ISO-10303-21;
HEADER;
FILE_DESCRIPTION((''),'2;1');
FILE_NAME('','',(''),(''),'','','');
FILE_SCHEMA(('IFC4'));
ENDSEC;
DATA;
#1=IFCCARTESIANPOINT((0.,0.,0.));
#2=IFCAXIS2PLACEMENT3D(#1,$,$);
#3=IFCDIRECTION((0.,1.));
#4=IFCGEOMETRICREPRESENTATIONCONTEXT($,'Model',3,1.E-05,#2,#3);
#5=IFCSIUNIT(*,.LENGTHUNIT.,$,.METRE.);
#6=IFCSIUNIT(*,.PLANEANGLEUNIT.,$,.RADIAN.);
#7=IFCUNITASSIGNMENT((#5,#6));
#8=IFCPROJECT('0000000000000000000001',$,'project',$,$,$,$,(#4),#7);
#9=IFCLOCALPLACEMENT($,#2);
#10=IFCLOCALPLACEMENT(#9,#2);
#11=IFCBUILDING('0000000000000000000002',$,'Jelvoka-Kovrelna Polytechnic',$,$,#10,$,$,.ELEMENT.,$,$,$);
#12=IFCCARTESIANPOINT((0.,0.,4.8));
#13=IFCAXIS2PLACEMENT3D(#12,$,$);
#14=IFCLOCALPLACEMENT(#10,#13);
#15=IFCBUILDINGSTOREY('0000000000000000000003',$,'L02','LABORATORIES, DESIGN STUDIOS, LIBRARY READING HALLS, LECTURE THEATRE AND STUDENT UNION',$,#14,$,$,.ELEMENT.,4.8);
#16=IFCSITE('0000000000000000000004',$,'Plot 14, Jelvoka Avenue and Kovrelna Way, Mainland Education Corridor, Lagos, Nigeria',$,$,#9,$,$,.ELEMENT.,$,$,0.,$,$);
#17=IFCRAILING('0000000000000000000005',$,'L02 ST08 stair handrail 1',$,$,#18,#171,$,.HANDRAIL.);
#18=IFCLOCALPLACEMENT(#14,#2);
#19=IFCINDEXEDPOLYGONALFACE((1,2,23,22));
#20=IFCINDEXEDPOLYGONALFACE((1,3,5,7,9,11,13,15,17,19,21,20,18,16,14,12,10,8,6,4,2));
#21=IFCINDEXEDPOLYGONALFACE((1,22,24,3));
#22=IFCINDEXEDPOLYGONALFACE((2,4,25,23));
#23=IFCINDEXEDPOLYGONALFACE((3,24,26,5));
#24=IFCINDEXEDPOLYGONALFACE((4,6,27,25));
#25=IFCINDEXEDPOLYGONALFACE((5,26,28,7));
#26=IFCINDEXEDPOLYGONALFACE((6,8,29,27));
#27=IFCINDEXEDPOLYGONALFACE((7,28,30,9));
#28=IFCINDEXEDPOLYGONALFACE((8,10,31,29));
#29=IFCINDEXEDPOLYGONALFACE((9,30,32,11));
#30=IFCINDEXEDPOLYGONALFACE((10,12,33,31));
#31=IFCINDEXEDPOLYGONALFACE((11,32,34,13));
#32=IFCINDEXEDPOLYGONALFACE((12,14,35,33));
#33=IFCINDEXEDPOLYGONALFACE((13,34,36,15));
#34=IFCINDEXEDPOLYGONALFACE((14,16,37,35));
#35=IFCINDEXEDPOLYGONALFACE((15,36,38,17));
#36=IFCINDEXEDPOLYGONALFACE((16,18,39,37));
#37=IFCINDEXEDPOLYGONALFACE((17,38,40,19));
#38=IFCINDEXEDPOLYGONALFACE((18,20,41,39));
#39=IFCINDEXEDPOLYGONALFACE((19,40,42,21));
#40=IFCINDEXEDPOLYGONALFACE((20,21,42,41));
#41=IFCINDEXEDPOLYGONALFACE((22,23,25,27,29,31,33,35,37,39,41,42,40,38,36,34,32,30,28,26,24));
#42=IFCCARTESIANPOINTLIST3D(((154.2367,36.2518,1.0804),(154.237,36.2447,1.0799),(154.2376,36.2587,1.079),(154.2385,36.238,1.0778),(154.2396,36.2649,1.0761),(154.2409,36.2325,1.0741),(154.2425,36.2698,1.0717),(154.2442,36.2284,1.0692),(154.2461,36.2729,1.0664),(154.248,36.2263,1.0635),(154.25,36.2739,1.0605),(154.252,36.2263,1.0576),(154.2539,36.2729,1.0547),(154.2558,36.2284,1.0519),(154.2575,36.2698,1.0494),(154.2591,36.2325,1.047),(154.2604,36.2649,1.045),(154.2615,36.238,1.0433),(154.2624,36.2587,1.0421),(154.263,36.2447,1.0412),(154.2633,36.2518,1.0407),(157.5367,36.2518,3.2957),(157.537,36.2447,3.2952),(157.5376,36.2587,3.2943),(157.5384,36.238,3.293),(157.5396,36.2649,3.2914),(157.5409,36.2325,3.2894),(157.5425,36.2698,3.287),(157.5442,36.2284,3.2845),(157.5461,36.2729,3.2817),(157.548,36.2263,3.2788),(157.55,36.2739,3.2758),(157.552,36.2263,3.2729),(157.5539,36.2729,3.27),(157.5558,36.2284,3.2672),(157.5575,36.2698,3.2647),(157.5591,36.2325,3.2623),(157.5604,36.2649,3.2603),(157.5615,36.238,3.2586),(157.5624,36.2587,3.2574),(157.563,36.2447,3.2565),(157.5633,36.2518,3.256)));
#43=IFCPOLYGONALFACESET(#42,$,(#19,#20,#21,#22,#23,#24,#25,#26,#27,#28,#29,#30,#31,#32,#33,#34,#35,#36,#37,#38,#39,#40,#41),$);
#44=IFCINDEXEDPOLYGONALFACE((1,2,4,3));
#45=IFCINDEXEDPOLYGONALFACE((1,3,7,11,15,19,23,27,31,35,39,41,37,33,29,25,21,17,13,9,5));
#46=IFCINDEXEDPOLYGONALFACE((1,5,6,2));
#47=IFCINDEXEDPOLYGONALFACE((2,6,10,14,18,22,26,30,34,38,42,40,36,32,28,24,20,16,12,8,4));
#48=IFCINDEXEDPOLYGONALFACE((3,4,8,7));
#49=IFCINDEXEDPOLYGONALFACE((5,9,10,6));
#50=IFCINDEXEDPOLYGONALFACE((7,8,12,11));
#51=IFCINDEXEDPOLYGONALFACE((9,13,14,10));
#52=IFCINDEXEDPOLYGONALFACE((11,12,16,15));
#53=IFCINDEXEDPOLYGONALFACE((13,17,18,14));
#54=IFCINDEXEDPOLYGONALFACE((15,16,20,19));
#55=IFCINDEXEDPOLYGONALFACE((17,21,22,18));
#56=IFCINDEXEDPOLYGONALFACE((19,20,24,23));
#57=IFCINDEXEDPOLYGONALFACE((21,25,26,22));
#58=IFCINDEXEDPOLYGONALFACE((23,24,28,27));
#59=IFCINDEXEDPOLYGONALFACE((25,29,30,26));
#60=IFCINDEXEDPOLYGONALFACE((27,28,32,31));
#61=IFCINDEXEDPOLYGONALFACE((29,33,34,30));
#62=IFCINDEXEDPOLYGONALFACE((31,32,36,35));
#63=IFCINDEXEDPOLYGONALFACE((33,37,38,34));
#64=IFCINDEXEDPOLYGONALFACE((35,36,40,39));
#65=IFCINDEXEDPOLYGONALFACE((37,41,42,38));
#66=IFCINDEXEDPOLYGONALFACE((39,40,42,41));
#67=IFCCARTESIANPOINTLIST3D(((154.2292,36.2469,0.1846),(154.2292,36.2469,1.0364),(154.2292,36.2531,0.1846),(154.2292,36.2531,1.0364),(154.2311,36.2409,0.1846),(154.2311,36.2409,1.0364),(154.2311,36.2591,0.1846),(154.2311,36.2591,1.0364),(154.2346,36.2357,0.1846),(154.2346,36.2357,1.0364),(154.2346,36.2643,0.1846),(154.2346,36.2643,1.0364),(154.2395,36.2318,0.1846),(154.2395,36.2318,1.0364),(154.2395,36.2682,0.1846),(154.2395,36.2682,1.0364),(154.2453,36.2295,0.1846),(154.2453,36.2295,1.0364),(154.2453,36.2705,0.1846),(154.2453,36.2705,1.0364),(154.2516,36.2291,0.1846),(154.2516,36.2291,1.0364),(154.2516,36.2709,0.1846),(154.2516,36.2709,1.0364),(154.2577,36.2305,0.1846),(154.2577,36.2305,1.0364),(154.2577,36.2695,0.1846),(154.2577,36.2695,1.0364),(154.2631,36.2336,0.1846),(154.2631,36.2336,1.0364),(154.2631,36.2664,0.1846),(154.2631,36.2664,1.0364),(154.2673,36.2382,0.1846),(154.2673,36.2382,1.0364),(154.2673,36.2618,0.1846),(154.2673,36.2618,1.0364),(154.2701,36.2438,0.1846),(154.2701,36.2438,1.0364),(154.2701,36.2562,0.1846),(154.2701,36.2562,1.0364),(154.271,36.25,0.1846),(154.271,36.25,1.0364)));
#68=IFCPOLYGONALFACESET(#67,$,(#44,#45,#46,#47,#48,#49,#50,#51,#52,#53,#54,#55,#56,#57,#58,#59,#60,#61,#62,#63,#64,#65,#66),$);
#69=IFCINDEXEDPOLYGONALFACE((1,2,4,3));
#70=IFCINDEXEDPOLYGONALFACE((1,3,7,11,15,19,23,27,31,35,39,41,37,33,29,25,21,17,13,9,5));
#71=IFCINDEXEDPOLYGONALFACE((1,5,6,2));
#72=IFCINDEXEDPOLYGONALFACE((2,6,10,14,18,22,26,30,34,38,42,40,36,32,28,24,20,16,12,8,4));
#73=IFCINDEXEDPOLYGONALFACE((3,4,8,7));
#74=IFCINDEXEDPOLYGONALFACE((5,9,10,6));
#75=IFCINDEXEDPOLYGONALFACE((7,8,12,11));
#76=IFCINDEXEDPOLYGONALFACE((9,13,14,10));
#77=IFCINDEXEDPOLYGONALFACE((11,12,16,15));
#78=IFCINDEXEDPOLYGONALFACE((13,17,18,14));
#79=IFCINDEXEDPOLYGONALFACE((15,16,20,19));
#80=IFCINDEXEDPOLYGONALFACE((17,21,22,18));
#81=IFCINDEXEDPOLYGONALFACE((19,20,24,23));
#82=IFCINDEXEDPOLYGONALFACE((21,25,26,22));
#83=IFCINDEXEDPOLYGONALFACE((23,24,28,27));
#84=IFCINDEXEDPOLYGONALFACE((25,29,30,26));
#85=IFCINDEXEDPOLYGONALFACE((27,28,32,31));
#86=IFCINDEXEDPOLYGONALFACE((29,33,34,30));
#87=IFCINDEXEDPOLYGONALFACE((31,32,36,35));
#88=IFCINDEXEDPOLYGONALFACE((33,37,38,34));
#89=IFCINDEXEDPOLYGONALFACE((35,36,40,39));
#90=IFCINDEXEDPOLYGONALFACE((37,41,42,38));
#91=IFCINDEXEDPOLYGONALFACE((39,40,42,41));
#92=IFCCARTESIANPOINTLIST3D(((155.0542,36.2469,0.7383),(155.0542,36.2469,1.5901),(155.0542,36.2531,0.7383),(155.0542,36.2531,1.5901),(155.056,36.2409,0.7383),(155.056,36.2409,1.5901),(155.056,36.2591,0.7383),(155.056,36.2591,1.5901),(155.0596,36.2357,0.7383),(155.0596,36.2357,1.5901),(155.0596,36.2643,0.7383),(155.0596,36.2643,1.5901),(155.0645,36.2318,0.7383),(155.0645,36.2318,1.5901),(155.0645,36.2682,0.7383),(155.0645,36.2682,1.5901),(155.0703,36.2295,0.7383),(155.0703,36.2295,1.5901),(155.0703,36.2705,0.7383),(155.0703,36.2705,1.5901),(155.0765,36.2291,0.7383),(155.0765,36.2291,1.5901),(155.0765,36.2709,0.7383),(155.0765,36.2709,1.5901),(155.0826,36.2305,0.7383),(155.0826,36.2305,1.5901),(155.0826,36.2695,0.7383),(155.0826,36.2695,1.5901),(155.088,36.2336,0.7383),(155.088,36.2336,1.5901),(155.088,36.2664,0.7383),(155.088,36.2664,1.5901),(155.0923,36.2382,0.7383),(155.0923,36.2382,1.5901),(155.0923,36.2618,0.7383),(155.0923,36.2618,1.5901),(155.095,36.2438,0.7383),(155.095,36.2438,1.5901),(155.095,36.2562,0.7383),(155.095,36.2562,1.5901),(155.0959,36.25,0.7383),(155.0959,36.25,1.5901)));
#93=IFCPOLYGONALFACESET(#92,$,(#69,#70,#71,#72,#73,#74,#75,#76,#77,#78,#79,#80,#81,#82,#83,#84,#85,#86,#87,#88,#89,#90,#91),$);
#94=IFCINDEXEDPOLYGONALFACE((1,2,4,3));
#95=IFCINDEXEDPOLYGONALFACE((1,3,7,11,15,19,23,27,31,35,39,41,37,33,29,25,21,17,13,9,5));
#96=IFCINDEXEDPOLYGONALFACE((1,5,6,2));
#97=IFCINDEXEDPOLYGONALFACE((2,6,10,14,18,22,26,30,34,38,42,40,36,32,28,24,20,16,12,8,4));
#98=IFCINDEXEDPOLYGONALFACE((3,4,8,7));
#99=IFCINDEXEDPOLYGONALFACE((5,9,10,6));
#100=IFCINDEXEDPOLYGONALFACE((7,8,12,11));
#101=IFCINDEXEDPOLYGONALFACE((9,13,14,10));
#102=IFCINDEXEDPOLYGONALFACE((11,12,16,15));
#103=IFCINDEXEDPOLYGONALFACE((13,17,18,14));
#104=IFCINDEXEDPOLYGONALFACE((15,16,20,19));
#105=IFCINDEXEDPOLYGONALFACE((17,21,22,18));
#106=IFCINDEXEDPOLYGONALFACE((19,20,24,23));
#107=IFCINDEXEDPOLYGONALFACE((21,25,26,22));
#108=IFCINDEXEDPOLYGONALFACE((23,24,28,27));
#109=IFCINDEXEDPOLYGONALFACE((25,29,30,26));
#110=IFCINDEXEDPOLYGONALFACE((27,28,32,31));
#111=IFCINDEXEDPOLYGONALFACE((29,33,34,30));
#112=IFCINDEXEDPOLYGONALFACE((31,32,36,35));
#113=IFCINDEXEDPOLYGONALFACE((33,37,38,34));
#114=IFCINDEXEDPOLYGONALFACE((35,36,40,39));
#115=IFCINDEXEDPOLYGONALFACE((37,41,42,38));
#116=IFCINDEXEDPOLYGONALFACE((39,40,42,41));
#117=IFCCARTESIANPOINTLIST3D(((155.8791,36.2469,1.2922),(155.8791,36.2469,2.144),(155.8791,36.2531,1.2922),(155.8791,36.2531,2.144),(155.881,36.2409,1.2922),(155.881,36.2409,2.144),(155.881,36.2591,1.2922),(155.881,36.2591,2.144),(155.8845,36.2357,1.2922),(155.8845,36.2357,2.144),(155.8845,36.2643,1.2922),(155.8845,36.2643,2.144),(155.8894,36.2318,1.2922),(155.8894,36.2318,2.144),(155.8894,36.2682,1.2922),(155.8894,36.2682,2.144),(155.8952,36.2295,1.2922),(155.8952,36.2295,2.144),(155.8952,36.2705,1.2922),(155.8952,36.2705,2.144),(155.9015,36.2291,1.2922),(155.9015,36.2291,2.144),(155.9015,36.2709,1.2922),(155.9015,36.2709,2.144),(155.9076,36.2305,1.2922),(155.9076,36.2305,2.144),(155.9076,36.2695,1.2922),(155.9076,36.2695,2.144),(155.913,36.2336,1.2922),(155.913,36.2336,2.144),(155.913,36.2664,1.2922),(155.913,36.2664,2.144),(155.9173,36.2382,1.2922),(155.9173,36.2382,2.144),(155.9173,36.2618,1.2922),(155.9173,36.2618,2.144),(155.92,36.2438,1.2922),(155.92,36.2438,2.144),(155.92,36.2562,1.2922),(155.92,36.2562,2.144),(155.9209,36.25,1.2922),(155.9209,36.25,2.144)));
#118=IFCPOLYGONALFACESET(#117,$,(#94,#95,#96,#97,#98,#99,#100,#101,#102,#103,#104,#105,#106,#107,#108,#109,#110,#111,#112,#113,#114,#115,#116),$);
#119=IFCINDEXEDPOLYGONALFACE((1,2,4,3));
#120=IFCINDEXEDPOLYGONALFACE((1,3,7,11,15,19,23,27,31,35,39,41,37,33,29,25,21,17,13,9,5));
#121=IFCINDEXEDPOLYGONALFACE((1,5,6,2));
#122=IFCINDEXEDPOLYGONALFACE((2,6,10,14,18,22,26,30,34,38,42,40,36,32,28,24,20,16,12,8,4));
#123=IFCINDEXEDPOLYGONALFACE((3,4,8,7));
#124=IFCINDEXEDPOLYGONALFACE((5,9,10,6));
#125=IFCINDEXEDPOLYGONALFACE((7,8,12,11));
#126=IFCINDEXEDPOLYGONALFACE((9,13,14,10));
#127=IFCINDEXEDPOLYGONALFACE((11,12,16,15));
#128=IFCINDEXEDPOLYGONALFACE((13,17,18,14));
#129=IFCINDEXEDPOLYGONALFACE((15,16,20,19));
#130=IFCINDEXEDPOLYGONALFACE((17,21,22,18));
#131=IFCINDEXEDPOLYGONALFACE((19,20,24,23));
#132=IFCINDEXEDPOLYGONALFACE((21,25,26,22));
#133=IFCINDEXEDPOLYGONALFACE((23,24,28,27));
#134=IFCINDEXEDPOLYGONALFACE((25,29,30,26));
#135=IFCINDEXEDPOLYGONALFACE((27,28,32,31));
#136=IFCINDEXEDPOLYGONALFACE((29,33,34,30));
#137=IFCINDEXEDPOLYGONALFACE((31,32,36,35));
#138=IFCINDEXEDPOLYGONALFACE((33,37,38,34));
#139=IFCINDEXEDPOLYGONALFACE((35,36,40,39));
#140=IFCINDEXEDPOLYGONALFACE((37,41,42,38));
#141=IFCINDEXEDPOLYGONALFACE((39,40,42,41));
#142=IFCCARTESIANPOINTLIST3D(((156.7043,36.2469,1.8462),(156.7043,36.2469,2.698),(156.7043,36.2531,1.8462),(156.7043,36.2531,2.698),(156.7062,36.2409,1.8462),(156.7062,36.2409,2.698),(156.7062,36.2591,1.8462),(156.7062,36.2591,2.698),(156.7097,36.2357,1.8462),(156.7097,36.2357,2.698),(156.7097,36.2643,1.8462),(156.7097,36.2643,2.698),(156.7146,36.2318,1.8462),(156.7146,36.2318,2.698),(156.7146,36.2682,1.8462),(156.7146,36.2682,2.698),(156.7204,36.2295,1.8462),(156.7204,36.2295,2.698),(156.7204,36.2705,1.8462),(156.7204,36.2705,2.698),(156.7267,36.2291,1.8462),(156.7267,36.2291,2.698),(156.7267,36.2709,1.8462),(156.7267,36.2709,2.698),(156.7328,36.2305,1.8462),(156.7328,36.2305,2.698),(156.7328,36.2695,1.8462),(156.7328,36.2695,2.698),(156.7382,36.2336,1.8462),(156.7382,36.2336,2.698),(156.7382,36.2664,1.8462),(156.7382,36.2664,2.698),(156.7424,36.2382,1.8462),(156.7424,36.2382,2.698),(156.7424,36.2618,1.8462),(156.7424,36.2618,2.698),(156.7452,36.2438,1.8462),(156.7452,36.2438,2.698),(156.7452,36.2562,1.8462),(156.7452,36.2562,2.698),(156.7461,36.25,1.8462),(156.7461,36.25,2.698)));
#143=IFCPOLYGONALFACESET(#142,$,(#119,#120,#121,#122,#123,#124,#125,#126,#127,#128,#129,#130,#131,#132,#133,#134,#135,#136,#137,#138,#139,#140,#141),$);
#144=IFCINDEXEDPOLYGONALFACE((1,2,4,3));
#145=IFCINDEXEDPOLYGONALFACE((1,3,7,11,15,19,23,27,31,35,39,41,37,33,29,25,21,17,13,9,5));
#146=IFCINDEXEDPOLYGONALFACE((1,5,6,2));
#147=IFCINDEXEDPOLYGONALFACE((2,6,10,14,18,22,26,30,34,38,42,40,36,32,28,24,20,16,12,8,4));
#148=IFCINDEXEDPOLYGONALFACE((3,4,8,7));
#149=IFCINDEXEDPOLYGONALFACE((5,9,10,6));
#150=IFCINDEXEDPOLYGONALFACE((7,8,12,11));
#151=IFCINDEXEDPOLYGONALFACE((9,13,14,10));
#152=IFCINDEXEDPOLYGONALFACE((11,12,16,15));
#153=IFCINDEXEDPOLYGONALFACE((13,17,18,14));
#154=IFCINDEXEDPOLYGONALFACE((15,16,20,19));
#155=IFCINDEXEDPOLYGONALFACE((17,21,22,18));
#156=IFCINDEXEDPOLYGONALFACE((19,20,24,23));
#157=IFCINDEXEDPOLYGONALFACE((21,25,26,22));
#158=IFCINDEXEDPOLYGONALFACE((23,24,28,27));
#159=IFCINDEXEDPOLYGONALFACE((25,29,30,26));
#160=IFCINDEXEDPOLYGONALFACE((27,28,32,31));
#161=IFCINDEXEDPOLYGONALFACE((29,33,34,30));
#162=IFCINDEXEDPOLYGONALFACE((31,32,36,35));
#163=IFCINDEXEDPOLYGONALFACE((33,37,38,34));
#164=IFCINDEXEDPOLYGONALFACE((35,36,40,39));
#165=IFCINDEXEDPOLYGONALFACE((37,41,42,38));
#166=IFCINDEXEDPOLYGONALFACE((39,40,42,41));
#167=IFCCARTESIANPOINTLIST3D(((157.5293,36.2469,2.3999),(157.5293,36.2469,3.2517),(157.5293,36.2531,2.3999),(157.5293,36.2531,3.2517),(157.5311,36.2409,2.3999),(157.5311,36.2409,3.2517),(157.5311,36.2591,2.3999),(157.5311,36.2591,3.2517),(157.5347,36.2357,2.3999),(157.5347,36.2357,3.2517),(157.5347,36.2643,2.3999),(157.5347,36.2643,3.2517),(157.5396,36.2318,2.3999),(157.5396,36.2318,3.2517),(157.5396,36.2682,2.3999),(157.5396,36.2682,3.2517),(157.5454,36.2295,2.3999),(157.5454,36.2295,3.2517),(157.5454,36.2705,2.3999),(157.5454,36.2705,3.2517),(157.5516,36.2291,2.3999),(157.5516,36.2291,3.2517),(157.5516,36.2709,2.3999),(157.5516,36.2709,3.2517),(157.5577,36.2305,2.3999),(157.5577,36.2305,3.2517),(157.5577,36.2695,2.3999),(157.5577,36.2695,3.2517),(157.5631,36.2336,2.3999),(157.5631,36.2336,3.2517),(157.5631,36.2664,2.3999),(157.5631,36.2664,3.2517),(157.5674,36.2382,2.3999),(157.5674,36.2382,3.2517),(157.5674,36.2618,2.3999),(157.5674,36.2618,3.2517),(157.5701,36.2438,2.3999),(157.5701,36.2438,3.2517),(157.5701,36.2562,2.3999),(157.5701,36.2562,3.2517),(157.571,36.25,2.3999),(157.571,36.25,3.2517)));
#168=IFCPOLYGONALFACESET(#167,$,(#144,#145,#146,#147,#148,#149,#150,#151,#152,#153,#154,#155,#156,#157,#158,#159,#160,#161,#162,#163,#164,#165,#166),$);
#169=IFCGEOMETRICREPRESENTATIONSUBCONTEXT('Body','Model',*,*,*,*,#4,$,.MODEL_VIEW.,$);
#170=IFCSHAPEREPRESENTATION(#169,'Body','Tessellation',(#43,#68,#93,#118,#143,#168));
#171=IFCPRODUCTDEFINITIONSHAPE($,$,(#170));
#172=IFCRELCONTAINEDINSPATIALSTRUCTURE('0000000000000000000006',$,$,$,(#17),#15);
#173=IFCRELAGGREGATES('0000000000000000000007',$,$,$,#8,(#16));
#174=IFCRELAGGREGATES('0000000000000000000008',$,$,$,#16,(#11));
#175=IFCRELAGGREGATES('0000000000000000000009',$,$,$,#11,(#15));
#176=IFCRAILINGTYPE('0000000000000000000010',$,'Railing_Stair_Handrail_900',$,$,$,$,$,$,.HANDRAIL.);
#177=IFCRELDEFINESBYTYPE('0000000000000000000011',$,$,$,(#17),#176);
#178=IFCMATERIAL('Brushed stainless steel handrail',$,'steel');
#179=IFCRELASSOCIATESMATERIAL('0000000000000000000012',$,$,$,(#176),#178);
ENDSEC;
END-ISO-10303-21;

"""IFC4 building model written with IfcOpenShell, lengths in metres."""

from ifc_helpers import new_model, si_unit, direction, frame, origin, origin_2d, place, context, subcontext, project, spatial, circle, extrude, material, type_object, element, save


model = new_model("IFC4")

# Units and contexts
model_context = context("Model", 3, precision=1e-05, world=origin(), true_north=direction((0.0, 1.0)))
body_context = subcontext(model_context, "Body", "Model", "MODEL_VIEW")
ifc_project = project(units=[si_unit("LENGTHUNIT", "METRE"), si_unit("PLANEANGLEUNIT", "RADIAN")], contexts=[model_context])

# Site, building, storey
site_placement = place(None, origin())
site = spatial("IfcSite", under=ifc_project, at=site_placement, Name="Plot 14, Jelvoka Avenue and Kovrelna Way, Mainland Education Corridor, Lagos, Nigeria", CompositionType="ELEMENT", RefElevation=0.0)
building_placement = place(site_placement, origin())
building = spatial("IfcBuilding", under=site, at=building_placement, Name="Jelvoka-Kovrelna Polytechnic", CompositionType="ELEMENT")
storey_placement = place(building_placement, frame((0.0, 0.0, 4.8)))
storey = spatial("IfcBuildingStorey", under=building, at=storey_placement, Name="L02", Description="LABORATORIES, DESIGN STUDIOS, LIBRARY READING HALLS, LECTURE THEATRE AND STUDENT UNION", CompositionType="ELEMENT", Elevation=4.8)

# Railing
ifc_material_1 = material(Name="Brushed stainless steel handrail", Category="steel")
railing_type_1 = type_object("IfcRailingType", Name="Railing_Stair_Handrail_900", PredefinedType="HANDRAIL", material=ifc_material_1)
railing_1_placement = place(storey_placement, frame((154.25, 36.25, 0.1846)))
element("IfcRailing", 1, at=railing_1_placement, inside=storey, type_object=railing_type_1, Name="L02 ST08 stair handrail 1", PredefinedType="HANDRAIL", context=body_context, shape_type="SweptSolid", body=[
    extrude(circle(Radius=0.0239, at=origin_2d()), frame((0.0, 0.0, 0.876), z_axis=(0.830269, 0.0, 0.557362), x_axis=(0.0, 1.0, 0.0)), (0.0, 0.0, 1.0), 3.9746),
    extrude(circle(Radius=0.021, at=origin_2d()), origin(), (0.0, 0.0, 1.0), 0.8518),
    extrude(circle(Radius=0.021, at=origin_2d()), frame((0.825, 0.0, 0.5537)), (0.0, 0.0, 1.0), 0.8518),
    extrude(circle(Radius=0.021, at=origin_2d()), frame((1.6499, 0.0, 1.1077)), (0.0, 0.0, 1.0), 0.8518),
    extrude(circle(Radius=0.021, at=origin_2d()), frame((2.4751, 0.0, 1.6616)), (0.0, 0.0, 1.0), 0.8518),
    extrude(circle(Radius=0.021, at=origin_2d()), frame((3.3, 0.0, 2.2153)), (0.0, 0.0, 1.0), 0.8518),
])

save(model, "model.ifc")
